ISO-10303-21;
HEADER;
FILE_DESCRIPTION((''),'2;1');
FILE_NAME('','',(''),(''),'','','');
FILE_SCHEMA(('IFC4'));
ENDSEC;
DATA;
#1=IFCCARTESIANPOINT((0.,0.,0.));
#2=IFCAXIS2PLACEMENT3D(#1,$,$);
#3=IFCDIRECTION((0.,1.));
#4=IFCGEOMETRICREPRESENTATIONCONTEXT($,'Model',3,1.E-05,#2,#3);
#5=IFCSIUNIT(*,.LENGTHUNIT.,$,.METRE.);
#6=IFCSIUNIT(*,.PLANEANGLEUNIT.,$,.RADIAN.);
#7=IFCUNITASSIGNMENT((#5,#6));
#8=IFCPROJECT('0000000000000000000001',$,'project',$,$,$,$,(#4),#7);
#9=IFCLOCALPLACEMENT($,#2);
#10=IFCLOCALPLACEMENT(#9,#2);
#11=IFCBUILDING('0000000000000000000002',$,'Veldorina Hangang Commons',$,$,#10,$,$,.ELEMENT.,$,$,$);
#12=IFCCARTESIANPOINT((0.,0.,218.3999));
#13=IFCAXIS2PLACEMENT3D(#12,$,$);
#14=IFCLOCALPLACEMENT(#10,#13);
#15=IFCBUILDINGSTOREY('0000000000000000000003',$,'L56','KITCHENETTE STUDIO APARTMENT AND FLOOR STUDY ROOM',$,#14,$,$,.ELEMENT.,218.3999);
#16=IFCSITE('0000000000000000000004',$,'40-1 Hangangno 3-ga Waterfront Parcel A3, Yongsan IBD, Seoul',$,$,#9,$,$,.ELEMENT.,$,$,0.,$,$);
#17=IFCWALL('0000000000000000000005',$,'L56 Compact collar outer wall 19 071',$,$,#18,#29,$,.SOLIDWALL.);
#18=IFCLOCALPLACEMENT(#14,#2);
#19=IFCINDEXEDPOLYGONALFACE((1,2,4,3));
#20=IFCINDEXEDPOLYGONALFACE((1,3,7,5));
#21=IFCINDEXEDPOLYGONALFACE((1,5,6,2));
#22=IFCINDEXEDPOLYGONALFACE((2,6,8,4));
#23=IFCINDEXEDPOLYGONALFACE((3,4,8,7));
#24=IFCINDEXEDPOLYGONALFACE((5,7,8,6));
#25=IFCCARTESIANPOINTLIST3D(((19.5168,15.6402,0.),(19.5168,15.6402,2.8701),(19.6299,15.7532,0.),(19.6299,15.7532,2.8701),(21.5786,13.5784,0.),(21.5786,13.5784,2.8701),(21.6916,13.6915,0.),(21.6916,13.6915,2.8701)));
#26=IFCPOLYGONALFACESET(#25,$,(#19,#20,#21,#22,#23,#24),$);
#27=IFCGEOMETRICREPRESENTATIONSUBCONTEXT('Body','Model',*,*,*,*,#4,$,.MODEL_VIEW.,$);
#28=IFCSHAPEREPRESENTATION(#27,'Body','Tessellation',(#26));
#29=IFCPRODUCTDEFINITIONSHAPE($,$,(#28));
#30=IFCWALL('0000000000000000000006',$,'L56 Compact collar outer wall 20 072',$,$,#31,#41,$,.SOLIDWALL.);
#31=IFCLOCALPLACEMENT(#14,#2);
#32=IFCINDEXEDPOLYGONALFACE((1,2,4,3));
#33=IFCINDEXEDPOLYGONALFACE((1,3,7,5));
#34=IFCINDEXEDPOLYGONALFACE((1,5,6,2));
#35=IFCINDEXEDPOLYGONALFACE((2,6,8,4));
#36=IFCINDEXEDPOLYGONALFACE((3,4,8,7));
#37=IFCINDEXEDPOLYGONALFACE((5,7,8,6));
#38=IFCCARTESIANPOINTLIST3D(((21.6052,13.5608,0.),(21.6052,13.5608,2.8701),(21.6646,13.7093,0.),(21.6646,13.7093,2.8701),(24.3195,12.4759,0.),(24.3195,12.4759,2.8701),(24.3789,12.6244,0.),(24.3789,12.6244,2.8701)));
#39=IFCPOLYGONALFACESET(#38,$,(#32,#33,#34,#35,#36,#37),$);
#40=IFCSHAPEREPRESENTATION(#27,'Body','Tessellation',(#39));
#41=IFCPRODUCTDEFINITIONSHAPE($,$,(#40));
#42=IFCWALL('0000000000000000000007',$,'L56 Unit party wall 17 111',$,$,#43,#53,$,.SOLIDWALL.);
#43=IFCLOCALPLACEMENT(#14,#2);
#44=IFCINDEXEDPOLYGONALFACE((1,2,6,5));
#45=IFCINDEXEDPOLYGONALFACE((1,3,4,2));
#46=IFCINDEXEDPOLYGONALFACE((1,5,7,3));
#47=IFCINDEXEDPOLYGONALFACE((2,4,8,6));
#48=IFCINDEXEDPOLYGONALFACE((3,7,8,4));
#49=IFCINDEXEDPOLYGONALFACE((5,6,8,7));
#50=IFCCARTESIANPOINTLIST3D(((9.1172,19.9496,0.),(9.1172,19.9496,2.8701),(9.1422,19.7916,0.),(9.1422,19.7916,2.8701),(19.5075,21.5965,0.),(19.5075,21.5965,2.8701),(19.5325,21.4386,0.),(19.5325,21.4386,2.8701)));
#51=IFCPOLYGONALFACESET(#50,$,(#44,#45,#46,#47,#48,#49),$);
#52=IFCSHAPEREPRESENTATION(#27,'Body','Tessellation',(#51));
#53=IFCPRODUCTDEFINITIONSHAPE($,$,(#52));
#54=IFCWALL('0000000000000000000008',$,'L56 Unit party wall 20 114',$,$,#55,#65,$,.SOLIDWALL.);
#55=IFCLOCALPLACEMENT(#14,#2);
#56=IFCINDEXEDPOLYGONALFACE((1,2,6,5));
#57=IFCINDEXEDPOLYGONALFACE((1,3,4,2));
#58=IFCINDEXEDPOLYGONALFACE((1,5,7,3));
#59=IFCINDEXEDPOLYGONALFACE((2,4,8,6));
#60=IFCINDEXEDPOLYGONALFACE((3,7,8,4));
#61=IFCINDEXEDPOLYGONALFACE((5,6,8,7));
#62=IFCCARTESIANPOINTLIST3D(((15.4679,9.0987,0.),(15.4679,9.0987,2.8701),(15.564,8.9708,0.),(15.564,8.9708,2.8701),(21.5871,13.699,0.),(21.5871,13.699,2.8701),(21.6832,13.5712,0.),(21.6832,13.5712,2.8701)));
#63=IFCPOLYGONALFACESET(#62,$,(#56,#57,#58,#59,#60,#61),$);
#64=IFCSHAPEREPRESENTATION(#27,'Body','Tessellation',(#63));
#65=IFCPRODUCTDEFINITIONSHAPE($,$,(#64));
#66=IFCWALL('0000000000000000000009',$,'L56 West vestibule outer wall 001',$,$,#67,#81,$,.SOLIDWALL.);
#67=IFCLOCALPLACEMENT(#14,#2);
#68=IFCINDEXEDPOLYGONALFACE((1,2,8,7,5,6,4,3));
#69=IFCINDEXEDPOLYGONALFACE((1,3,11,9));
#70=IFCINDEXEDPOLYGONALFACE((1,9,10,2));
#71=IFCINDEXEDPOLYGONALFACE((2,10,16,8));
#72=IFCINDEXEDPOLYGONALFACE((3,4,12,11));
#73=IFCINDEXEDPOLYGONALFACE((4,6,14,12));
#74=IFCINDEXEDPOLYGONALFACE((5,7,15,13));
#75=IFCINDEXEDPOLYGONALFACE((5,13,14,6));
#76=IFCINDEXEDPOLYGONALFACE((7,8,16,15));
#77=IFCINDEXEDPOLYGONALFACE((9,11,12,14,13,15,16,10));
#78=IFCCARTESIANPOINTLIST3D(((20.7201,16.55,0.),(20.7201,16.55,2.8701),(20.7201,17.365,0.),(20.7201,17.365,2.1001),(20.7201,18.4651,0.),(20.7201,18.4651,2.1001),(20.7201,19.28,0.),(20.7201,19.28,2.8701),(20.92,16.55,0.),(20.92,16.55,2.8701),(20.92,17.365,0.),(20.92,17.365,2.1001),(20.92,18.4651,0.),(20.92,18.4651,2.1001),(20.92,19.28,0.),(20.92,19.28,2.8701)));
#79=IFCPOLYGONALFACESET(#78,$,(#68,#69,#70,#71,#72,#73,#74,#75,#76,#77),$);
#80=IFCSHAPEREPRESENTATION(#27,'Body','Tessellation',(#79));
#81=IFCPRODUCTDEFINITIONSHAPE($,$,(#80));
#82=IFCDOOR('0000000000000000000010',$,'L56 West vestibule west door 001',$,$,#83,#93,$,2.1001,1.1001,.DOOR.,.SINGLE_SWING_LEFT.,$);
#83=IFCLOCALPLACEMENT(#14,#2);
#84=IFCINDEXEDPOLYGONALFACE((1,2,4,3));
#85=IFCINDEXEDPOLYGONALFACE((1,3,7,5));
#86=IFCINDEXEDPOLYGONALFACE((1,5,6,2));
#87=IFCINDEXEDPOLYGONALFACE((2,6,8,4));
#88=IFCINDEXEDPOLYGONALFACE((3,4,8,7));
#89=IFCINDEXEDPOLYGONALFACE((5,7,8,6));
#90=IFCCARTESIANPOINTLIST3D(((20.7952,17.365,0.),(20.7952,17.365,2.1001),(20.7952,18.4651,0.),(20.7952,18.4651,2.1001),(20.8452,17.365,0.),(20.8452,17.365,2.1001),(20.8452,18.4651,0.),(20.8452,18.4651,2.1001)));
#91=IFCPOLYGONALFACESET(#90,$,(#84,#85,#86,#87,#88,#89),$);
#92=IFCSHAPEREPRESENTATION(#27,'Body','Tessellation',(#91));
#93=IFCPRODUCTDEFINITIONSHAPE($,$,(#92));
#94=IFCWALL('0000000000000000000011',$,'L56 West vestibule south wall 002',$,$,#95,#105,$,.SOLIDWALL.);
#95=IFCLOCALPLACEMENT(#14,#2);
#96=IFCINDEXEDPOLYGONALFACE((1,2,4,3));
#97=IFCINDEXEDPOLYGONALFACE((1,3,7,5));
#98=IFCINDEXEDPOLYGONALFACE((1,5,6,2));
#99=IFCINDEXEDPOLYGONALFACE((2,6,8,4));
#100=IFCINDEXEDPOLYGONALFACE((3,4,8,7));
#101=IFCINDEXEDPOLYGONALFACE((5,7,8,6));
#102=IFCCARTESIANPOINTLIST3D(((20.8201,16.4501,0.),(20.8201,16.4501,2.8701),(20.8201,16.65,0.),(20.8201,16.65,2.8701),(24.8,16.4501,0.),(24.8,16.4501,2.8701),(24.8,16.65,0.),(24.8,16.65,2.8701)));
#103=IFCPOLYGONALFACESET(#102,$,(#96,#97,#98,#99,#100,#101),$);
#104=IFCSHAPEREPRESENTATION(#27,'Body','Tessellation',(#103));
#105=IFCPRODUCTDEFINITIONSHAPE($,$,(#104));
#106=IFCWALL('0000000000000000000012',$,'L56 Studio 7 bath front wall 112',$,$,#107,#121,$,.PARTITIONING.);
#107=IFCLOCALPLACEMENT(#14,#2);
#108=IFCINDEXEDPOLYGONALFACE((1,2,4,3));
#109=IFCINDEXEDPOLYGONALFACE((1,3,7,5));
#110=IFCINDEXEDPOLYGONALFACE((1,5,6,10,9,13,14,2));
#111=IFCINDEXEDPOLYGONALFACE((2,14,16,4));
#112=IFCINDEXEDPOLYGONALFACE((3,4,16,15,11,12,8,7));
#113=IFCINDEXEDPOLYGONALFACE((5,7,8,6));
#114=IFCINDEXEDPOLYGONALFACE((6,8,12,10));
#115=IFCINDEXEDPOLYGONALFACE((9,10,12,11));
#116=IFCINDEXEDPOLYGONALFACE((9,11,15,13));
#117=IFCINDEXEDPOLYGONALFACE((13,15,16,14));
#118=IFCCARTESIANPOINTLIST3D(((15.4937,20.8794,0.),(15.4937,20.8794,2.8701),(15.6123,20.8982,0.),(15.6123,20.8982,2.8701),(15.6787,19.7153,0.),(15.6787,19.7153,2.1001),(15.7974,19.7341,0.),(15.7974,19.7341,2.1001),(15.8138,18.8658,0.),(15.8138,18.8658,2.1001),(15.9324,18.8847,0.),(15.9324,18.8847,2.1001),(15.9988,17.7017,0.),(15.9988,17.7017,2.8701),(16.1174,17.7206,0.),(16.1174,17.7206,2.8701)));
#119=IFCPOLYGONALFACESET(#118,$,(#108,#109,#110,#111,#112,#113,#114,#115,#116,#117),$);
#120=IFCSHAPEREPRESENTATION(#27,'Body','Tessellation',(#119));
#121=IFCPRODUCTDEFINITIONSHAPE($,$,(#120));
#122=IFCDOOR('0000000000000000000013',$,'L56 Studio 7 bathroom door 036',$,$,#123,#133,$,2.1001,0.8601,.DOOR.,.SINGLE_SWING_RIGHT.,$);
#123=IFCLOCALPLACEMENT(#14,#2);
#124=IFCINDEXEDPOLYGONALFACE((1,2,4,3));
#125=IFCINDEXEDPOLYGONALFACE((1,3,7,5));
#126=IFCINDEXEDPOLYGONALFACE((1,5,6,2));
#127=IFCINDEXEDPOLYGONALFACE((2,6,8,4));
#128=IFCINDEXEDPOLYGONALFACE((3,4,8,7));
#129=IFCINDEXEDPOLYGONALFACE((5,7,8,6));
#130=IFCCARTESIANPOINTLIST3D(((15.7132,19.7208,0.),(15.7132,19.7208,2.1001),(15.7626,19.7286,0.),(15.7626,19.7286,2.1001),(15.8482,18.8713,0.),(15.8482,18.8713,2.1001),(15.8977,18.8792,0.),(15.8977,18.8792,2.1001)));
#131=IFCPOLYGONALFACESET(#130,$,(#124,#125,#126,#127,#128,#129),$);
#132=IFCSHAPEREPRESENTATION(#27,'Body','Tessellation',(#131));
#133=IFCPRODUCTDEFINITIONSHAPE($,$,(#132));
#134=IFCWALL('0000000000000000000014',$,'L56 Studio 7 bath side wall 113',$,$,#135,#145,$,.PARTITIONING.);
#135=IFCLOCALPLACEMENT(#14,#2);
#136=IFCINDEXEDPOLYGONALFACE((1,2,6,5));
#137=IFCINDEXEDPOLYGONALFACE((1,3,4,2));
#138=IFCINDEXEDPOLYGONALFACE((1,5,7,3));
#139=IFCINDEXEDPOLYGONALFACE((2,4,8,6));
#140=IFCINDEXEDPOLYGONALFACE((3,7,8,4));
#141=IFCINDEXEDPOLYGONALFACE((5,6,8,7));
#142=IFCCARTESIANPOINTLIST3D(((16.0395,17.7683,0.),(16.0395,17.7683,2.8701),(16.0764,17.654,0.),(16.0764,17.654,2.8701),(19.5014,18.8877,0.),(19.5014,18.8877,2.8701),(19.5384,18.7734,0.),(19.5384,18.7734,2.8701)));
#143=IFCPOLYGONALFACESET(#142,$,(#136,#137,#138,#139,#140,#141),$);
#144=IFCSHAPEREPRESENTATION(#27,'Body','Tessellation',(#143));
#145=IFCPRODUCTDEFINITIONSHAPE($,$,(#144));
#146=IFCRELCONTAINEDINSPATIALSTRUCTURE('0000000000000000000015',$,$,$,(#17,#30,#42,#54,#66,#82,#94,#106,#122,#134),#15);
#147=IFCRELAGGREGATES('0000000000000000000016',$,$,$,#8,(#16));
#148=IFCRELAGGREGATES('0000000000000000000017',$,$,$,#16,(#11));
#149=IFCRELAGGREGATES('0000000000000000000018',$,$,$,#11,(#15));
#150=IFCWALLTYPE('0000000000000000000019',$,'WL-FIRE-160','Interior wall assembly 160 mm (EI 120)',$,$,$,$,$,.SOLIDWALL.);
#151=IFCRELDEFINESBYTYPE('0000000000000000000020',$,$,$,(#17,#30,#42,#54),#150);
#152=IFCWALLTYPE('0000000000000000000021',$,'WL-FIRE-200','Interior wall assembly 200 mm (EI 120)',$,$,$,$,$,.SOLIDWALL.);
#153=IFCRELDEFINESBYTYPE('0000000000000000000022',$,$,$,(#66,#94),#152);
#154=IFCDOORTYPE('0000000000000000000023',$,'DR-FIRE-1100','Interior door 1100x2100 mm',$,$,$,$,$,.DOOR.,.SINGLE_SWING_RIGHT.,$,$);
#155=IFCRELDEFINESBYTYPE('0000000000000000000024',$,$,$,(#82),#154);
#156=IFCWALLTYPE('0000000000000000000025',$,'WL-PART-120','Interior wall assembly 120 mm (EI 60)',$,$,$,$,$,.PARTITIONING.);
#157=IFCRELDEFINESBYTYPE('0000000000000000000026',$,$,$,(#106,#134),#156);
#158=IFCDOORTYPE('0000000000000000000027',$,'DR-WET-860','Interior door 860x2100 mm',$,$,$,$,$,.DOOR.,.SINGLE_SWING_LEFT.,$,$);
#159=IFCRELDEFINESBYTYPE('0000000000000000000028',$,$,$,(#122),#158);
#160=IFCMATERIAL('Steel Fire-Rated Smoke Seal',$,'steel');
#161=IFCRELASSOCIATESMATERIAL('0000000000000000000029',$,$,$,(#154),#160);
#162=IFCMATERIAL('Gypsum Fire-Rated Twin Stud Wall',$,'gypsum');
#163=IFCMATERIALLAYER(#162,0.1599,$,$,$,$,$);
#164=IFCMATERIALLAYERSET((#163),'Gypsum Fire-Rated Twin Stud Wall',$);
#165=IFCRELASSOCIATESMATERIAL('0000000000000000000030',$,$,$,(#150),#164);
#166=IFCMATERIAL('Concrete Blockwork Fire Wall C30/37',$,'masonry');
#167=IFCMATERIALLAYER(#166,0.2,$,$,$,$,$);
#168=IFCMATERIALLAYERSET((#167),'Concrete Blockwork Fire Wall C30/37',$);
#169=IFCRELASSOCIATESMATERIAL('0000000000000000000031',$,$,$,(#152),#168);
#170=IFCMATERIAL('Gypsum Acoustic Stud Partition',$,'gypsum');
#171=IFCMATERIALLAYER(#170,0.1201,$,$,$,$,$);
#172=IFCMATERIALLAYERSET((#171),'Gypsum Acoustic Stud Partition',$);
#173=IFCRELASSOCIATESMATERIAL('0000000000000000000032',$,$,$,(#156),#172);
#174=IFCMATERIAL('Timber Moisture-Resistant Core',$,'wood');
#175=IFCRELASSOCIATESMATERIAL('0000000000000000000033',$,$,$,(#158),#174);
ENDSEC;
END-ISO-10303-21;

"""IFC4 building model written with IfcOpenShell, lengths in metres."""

from ifc_helpers import new_model, si_unit, direction, frame, frame_2d, origin, place, context, subcontext, project, spatial, rectangle, extrude, material, layer, layer_set, type_object, element, fill, save


model = new_model("IFC4")

# Units and contexts
model_context = context("Model", 3, precision=1e-05, world=origin(), true_north=direction((0.0, 1.0)))
body_context = subcontext(model_context, "Body", "Model", "MODEL_VIEW")
ifc_project = project(units=[si_unit("LENGTHUNIT", "METRE"), si_unit("PLANEANGLEUNIT", "RADIAN")], contexts=[model_context])

# Site, building, storey
site_placement = place(None, origin())
site = spatial("IfcSite", under=ifc_project, at=site_placement, Name="40-1 Hangangno 3-ga Waterfront Parcel A3, Yongsan IBD, Seoul", CompositionType="ELEMENT", RefElevation=0.0)
building_placement = place(site_placement, origin())
building = spatial("IfcBuilding", under=site, at=building_placement, Name="Veldorina Hangang Commons", CompositionType="ELEMENT")
storey_placement = place(building_placement, frame((0.0, 0.0, 218.3999)))
storey = spatial("IfcBuildingStorey", under=building, at=storey_placement, Name="L56", Description="KITCHENETTE STUDIO APARTMENT AND FLOOR STUDY ROOM", CompositionType="ELEMENT", Elevation=218.3999)

# Shared definitions
ifc_material_1 = material(Name="Steel Fire-Rated Smoke Seal", Category="steel")
door_type_1 = type_object("IfcDoorType", Name="DR-FIRE-1100", Description="Interior door 1100x2100 mm", OperationType="SINGLE_SWING_RIGHT", PredefinedType="DOOR", material=ifc_material_1)

# Shared definitions
ifc_material_2 = material(Name="Gypsum Fire-Rated Twin Stud Wall", Category="gypsum")
ifc_layer_1 = layer(ifc_material_2, 0.1599)
ifc_layer_set_1 = layer_set([ifc_layer_1], Name="Gypsum Fire-Rated Twin Stud Wall")
wall_type_1 = type_object("IfcWallType", Name="WL-FIRE-160", Description="Interior wall assembly 160 mm (EI 120)", PredefinedType="SOLIDWALL", material=ifc_layer_set_1)

# Walls
wall_1_placement = place(storey_placement, frame((19.5732, 15.6968, 0.0), z_axis=(0.0, 0.0, 1.0), x_axis=(0.707107, -0.707107, 0.0)))
element("IfcWall", 1, at=wall_1_placement, inside=storey, type_object=wall_type_1, Name="L56 Compact collar outer wall 19 071", PredefinedType="SOLIDWALL", context=body_context, shape_type="SweptSolid", body=[
    extrude(rectangle(XDim=2.9158, YDim=0.1599, at=frame_2d((1.458, 0.0))), origin(), (0.0, 0.0, 1.0), 2.8701),
])
wall_2_placement = place(storey_placement, frame((21.635, 13.635, 0.0), z_axis=(0.0, 0.0, 1.0), x_axis=(0.928569, -0.37116, 0.0)))
element("IfcWall", 2, at=wall_2_placement, inside=storey, type_object=wall_type_1, Name="L56 Compact collar outer wall 20 072", PredefinedType="SOLIDWALL", context=body_context, shape_type="SweptSolid", body=[
    extrude(rectangle(XDim=2.9231, YDim=0.1599, at=frame_2d((1.4614, 0.0))), origin(), (0.0, 0.0, 1.0), 2.8701),
])
wall_3_placement = place(storey_placement, frame((19.52, 21.5176, 0.0), z_axis=(0.0, 0.0, 1.0), x_axis=(-0.987669, -0.156555, 0.0)))
element("IfcWall", 3, at=wall_3_placement, inside=storey, type_object=wall_type_1, Name="L56 Unit party wall 17 111", PredefinedType="SOLIDWALL", context=body_context, shape_type="SweptSolid", body=[
    extrude(rectangle(XDim=10.52, YDim=0.1599, at=frame_2d((5.26, 0.0))), origin(), (0.0, 0.0, 1.0), 2.8701),
])
wall_4_placement = place(storey_placement, frame((21.635, 13.635, 0.0), z_axis=(0.0, 0.0, 1.0), x_axis=(-0.799311, -0.600918, 0.0)))
element("IfcWall", 4, at=wall_4_placement, inside=storey, type_object=wall_type_1, Name="L56 Unit party wall 20 114", PredefinedType="SOLIDWALL", context=body_context, shape_type="SweptSolid", body=[
    extrude(rectangle(XDim=7.6555, YDim=0.1599, at=frame_2d((3.8276, 0.0))), origin(), (0.0, 0.0, 1.0), 2.8701),
])

# Wall, opening, door
ifc_material_3 = material(Name="Concrete Blockwork Fire Wall C30/37", Category="masonry")
ifc_layer_2 = layer(ifc_material_3, 0.2)
ifc_layer_set_2 = layer_set([ifc_layer_2], Name="Concrete Blockwork Fire Wall C30/37")
wall_type_2 = type_object("IfcWallType", Name="WL-FIRE-200", Description="Interior wall assembly 200 mm (EI 120)", PredefinedType="SOLIDWALL", material=ifc_layer_set_2)
wall_5_placement = place(storey_placement, frame((20.8201, 16.55, 0.0), z_axis=(0.0, 0.0, 1.0), x_axis=(0.0, 1.0, 0.0)))
wall_5 = element("IfcWall", 5, at=wall_5_placement, inside=storey, type_object=wall_type_2, Name="L56 West vestibule outer wall 001", PredefinedType="SOLIDWALL", context=body_context, shape_type="SweptSolid", body=[
    extrude(rectangle(XDim=2.73, YDim=0.2, at=frame_2d((1.365, 0.0))), origin(), (0.0, 0.0, 1.0), 2.8701),
])
opening_1_placement = place(wall_5_placement, frame((0.8149, 0.0, 0.0)))
opening_1 = element("IfcOpeningElement", 6, at=opening_1_placement, cuts=wall_5, PredefinedType="OPENING", context=body_context, shape_type="SweptSolid", body=[
    extrude(rectangle(XDim=1.1001, YDim=2.1001, at=frame_2d((0.55, 1.05))), frame((0.0, 0.1099, 0.0), z_axis=(0.0, -1.0, 0.0), x_axis=(1.0, 0.0, 0.0)), (0.0, 0.0, 1.0), 0.22),
])
door_1_placement = place(opening_1_placement, origin())
door_1 = element("IfcDoor", 7, at=door_1_placement, inside=storey, type_object=door_type_1, Name="L56 West vestibule west door 001", OperationType="SINGLE_SWING_LEFT", OverallHeight=2.1001, OverallWidth=1.1001, PredefinedType="DOOR", context=body_context, shape_type="SweptSolid", body=[
    extrude(rectangle(XDim=1.1001, YDim=2.1001, at=frame_2d((0.55, 1.05))), frame((0.0, 0.0249, 0.0), z_axis=(0.0, -1.0, 0.0), x_axis=(1.0, 0.0, 0.0)), (0.0, 0.0, 1.0), 0.05),
])
fill(opening_1, door_1)

# Wall
wall_6_placement = place(storey_placement, frame((20.8201, 16.55, 0.0), z_axis=(0.0, 0.0, 1.0), x_axis=(1.0, 0.0, 0.0)))
element("IfcWall", 8, at=wall_6_placement, inside=storey, type_object=wall_type_2, Name="L56 West vestibule south wall 002", PredefinedType="SOLIDWALL", context=body_context, shape_type="SweptSolid", body=[
    extrude(rectangle(XDim=3.98, YDim=0.2, at=frame_2d((1.99, 0.0))), origin(), (0.0, 0.0, 1.0), 2.8701),
])

# Wall, opening, door
ifc_material_4 = material(Name="Gypsum Acoustic Stud Partition", Category="gypsum")
ifc_layer_3 = layer(ifc_material_4, 0.1201)
ifc_layer_set_3 = layer_set([ifc_layer_3], Name="Gypsum Acoustic Stud Partition")
wall_type_3 = type_object("IfcWallType", Name="WL-PART-120", Description="Interior wall assembly 120 mm (EI 60)", PredefinedType="PARTITIONING", material=ifc_layer_set_3)
wall_7_placement = place(storey_placement, frame((15.553, 20.8889, 0.0), z_axis=(0.0, 0.0, 1.0), x_axis=(0.156987, -0.987601, 0.0)))
wall_7 = element("IfcWall", 9, at=wall_7_placement, inside=storey, type_object=wall_type_3, Name="L56 Studio 7 bath front wall 112", PredefinedType="PARTITIONING", context=body_context, shape_type="SweptSolid", body=[
    extrude(rectangle(XDim=3.2175, YDim=0.1201, at=frame_2d((1.6089, 0.0))), origin(), (0.0, 0.0, 1.0), 2.8701),
])
opening_2_placement = place(wall_7_placement, frame((1.1787, 0.0, 0.0)))
opening_2 = element("IfcOpeningElement", 10, at=opening_2_placement, cuts=wall_7, PredefinedType="OPENING", context=body_context, shape_type="SweptSolid", body=[
    extrude(rectangle(XDim=0.8601, YDim=2.1001, at=frame_2d((0.4302, 1.05))), frame((0.0, 0.0701, 0.0), z_axis=(0.0, -1.0, 0.0), x_axis=(1.0, 0.0, 0.0)), (0.0, 0.0, 1.0), 0.1401),
])
ifc_material_5 = material(Name="Timber Moisture-Resistant Core", Category="wood")
door_type_2 = type_object("IfcDoorType", Name="DR-WET-860", Description="Interior door 860x2100 mm", OperationType="SINGLE_SWING_LEFT", PredefinedType="DOOR", material=ifc_material_5)
door_2_placement = place(opening_2_placement, origin())
door_2 = element("IfcDoor", 11, at=door_2_placement, inside=storey, type_object=door_type_2, Name="L56 Studio 7 bathroom door 036", OperationType="SINGLE_SWING_RIGHT", OverallHeight=2.1001, OverallWidth=0.8601, PredefinedType="DOOR", context=body_context, shape_type="SweptSolid", body=[
    extrude(rectangle(XDim=0.8601, YDim=2.1001, at=frame_2d((0.4302, 1.05))), frame((0.0, 0.0249, 0.0), z_axis=(0.0, -1.0, 0.0), x_axis=(1.0, 0.0, 0.0)), (0.0, 0.0, 1.0), 0.05),
])
fill(opening_2, door_2)

# Wall
wall_8_placement = place(storey_placement, frame((19.52, 18.8306, 0.0), z_axis=(0.0, 0.0, 1.0), x_axis=(-0.951497, -0.307659, 0.0)))
element("IfcWall", 12, at=wall_8_placement, inside=storey, type_object=wall_type_3, Name="L56 Studio 7 bath side wall 113", PredefinedType="PARTITIONING", context=body_context, shape_type="SweptSolid", body=[
    extrude(rectangle(XDim=3.6384, YDim=0.1201, at=frame_2d((1.8193, 0.0))), origin(), (0.0, 0.0, 1.0), 2.8701),
])

save(model, "model.ifc")
